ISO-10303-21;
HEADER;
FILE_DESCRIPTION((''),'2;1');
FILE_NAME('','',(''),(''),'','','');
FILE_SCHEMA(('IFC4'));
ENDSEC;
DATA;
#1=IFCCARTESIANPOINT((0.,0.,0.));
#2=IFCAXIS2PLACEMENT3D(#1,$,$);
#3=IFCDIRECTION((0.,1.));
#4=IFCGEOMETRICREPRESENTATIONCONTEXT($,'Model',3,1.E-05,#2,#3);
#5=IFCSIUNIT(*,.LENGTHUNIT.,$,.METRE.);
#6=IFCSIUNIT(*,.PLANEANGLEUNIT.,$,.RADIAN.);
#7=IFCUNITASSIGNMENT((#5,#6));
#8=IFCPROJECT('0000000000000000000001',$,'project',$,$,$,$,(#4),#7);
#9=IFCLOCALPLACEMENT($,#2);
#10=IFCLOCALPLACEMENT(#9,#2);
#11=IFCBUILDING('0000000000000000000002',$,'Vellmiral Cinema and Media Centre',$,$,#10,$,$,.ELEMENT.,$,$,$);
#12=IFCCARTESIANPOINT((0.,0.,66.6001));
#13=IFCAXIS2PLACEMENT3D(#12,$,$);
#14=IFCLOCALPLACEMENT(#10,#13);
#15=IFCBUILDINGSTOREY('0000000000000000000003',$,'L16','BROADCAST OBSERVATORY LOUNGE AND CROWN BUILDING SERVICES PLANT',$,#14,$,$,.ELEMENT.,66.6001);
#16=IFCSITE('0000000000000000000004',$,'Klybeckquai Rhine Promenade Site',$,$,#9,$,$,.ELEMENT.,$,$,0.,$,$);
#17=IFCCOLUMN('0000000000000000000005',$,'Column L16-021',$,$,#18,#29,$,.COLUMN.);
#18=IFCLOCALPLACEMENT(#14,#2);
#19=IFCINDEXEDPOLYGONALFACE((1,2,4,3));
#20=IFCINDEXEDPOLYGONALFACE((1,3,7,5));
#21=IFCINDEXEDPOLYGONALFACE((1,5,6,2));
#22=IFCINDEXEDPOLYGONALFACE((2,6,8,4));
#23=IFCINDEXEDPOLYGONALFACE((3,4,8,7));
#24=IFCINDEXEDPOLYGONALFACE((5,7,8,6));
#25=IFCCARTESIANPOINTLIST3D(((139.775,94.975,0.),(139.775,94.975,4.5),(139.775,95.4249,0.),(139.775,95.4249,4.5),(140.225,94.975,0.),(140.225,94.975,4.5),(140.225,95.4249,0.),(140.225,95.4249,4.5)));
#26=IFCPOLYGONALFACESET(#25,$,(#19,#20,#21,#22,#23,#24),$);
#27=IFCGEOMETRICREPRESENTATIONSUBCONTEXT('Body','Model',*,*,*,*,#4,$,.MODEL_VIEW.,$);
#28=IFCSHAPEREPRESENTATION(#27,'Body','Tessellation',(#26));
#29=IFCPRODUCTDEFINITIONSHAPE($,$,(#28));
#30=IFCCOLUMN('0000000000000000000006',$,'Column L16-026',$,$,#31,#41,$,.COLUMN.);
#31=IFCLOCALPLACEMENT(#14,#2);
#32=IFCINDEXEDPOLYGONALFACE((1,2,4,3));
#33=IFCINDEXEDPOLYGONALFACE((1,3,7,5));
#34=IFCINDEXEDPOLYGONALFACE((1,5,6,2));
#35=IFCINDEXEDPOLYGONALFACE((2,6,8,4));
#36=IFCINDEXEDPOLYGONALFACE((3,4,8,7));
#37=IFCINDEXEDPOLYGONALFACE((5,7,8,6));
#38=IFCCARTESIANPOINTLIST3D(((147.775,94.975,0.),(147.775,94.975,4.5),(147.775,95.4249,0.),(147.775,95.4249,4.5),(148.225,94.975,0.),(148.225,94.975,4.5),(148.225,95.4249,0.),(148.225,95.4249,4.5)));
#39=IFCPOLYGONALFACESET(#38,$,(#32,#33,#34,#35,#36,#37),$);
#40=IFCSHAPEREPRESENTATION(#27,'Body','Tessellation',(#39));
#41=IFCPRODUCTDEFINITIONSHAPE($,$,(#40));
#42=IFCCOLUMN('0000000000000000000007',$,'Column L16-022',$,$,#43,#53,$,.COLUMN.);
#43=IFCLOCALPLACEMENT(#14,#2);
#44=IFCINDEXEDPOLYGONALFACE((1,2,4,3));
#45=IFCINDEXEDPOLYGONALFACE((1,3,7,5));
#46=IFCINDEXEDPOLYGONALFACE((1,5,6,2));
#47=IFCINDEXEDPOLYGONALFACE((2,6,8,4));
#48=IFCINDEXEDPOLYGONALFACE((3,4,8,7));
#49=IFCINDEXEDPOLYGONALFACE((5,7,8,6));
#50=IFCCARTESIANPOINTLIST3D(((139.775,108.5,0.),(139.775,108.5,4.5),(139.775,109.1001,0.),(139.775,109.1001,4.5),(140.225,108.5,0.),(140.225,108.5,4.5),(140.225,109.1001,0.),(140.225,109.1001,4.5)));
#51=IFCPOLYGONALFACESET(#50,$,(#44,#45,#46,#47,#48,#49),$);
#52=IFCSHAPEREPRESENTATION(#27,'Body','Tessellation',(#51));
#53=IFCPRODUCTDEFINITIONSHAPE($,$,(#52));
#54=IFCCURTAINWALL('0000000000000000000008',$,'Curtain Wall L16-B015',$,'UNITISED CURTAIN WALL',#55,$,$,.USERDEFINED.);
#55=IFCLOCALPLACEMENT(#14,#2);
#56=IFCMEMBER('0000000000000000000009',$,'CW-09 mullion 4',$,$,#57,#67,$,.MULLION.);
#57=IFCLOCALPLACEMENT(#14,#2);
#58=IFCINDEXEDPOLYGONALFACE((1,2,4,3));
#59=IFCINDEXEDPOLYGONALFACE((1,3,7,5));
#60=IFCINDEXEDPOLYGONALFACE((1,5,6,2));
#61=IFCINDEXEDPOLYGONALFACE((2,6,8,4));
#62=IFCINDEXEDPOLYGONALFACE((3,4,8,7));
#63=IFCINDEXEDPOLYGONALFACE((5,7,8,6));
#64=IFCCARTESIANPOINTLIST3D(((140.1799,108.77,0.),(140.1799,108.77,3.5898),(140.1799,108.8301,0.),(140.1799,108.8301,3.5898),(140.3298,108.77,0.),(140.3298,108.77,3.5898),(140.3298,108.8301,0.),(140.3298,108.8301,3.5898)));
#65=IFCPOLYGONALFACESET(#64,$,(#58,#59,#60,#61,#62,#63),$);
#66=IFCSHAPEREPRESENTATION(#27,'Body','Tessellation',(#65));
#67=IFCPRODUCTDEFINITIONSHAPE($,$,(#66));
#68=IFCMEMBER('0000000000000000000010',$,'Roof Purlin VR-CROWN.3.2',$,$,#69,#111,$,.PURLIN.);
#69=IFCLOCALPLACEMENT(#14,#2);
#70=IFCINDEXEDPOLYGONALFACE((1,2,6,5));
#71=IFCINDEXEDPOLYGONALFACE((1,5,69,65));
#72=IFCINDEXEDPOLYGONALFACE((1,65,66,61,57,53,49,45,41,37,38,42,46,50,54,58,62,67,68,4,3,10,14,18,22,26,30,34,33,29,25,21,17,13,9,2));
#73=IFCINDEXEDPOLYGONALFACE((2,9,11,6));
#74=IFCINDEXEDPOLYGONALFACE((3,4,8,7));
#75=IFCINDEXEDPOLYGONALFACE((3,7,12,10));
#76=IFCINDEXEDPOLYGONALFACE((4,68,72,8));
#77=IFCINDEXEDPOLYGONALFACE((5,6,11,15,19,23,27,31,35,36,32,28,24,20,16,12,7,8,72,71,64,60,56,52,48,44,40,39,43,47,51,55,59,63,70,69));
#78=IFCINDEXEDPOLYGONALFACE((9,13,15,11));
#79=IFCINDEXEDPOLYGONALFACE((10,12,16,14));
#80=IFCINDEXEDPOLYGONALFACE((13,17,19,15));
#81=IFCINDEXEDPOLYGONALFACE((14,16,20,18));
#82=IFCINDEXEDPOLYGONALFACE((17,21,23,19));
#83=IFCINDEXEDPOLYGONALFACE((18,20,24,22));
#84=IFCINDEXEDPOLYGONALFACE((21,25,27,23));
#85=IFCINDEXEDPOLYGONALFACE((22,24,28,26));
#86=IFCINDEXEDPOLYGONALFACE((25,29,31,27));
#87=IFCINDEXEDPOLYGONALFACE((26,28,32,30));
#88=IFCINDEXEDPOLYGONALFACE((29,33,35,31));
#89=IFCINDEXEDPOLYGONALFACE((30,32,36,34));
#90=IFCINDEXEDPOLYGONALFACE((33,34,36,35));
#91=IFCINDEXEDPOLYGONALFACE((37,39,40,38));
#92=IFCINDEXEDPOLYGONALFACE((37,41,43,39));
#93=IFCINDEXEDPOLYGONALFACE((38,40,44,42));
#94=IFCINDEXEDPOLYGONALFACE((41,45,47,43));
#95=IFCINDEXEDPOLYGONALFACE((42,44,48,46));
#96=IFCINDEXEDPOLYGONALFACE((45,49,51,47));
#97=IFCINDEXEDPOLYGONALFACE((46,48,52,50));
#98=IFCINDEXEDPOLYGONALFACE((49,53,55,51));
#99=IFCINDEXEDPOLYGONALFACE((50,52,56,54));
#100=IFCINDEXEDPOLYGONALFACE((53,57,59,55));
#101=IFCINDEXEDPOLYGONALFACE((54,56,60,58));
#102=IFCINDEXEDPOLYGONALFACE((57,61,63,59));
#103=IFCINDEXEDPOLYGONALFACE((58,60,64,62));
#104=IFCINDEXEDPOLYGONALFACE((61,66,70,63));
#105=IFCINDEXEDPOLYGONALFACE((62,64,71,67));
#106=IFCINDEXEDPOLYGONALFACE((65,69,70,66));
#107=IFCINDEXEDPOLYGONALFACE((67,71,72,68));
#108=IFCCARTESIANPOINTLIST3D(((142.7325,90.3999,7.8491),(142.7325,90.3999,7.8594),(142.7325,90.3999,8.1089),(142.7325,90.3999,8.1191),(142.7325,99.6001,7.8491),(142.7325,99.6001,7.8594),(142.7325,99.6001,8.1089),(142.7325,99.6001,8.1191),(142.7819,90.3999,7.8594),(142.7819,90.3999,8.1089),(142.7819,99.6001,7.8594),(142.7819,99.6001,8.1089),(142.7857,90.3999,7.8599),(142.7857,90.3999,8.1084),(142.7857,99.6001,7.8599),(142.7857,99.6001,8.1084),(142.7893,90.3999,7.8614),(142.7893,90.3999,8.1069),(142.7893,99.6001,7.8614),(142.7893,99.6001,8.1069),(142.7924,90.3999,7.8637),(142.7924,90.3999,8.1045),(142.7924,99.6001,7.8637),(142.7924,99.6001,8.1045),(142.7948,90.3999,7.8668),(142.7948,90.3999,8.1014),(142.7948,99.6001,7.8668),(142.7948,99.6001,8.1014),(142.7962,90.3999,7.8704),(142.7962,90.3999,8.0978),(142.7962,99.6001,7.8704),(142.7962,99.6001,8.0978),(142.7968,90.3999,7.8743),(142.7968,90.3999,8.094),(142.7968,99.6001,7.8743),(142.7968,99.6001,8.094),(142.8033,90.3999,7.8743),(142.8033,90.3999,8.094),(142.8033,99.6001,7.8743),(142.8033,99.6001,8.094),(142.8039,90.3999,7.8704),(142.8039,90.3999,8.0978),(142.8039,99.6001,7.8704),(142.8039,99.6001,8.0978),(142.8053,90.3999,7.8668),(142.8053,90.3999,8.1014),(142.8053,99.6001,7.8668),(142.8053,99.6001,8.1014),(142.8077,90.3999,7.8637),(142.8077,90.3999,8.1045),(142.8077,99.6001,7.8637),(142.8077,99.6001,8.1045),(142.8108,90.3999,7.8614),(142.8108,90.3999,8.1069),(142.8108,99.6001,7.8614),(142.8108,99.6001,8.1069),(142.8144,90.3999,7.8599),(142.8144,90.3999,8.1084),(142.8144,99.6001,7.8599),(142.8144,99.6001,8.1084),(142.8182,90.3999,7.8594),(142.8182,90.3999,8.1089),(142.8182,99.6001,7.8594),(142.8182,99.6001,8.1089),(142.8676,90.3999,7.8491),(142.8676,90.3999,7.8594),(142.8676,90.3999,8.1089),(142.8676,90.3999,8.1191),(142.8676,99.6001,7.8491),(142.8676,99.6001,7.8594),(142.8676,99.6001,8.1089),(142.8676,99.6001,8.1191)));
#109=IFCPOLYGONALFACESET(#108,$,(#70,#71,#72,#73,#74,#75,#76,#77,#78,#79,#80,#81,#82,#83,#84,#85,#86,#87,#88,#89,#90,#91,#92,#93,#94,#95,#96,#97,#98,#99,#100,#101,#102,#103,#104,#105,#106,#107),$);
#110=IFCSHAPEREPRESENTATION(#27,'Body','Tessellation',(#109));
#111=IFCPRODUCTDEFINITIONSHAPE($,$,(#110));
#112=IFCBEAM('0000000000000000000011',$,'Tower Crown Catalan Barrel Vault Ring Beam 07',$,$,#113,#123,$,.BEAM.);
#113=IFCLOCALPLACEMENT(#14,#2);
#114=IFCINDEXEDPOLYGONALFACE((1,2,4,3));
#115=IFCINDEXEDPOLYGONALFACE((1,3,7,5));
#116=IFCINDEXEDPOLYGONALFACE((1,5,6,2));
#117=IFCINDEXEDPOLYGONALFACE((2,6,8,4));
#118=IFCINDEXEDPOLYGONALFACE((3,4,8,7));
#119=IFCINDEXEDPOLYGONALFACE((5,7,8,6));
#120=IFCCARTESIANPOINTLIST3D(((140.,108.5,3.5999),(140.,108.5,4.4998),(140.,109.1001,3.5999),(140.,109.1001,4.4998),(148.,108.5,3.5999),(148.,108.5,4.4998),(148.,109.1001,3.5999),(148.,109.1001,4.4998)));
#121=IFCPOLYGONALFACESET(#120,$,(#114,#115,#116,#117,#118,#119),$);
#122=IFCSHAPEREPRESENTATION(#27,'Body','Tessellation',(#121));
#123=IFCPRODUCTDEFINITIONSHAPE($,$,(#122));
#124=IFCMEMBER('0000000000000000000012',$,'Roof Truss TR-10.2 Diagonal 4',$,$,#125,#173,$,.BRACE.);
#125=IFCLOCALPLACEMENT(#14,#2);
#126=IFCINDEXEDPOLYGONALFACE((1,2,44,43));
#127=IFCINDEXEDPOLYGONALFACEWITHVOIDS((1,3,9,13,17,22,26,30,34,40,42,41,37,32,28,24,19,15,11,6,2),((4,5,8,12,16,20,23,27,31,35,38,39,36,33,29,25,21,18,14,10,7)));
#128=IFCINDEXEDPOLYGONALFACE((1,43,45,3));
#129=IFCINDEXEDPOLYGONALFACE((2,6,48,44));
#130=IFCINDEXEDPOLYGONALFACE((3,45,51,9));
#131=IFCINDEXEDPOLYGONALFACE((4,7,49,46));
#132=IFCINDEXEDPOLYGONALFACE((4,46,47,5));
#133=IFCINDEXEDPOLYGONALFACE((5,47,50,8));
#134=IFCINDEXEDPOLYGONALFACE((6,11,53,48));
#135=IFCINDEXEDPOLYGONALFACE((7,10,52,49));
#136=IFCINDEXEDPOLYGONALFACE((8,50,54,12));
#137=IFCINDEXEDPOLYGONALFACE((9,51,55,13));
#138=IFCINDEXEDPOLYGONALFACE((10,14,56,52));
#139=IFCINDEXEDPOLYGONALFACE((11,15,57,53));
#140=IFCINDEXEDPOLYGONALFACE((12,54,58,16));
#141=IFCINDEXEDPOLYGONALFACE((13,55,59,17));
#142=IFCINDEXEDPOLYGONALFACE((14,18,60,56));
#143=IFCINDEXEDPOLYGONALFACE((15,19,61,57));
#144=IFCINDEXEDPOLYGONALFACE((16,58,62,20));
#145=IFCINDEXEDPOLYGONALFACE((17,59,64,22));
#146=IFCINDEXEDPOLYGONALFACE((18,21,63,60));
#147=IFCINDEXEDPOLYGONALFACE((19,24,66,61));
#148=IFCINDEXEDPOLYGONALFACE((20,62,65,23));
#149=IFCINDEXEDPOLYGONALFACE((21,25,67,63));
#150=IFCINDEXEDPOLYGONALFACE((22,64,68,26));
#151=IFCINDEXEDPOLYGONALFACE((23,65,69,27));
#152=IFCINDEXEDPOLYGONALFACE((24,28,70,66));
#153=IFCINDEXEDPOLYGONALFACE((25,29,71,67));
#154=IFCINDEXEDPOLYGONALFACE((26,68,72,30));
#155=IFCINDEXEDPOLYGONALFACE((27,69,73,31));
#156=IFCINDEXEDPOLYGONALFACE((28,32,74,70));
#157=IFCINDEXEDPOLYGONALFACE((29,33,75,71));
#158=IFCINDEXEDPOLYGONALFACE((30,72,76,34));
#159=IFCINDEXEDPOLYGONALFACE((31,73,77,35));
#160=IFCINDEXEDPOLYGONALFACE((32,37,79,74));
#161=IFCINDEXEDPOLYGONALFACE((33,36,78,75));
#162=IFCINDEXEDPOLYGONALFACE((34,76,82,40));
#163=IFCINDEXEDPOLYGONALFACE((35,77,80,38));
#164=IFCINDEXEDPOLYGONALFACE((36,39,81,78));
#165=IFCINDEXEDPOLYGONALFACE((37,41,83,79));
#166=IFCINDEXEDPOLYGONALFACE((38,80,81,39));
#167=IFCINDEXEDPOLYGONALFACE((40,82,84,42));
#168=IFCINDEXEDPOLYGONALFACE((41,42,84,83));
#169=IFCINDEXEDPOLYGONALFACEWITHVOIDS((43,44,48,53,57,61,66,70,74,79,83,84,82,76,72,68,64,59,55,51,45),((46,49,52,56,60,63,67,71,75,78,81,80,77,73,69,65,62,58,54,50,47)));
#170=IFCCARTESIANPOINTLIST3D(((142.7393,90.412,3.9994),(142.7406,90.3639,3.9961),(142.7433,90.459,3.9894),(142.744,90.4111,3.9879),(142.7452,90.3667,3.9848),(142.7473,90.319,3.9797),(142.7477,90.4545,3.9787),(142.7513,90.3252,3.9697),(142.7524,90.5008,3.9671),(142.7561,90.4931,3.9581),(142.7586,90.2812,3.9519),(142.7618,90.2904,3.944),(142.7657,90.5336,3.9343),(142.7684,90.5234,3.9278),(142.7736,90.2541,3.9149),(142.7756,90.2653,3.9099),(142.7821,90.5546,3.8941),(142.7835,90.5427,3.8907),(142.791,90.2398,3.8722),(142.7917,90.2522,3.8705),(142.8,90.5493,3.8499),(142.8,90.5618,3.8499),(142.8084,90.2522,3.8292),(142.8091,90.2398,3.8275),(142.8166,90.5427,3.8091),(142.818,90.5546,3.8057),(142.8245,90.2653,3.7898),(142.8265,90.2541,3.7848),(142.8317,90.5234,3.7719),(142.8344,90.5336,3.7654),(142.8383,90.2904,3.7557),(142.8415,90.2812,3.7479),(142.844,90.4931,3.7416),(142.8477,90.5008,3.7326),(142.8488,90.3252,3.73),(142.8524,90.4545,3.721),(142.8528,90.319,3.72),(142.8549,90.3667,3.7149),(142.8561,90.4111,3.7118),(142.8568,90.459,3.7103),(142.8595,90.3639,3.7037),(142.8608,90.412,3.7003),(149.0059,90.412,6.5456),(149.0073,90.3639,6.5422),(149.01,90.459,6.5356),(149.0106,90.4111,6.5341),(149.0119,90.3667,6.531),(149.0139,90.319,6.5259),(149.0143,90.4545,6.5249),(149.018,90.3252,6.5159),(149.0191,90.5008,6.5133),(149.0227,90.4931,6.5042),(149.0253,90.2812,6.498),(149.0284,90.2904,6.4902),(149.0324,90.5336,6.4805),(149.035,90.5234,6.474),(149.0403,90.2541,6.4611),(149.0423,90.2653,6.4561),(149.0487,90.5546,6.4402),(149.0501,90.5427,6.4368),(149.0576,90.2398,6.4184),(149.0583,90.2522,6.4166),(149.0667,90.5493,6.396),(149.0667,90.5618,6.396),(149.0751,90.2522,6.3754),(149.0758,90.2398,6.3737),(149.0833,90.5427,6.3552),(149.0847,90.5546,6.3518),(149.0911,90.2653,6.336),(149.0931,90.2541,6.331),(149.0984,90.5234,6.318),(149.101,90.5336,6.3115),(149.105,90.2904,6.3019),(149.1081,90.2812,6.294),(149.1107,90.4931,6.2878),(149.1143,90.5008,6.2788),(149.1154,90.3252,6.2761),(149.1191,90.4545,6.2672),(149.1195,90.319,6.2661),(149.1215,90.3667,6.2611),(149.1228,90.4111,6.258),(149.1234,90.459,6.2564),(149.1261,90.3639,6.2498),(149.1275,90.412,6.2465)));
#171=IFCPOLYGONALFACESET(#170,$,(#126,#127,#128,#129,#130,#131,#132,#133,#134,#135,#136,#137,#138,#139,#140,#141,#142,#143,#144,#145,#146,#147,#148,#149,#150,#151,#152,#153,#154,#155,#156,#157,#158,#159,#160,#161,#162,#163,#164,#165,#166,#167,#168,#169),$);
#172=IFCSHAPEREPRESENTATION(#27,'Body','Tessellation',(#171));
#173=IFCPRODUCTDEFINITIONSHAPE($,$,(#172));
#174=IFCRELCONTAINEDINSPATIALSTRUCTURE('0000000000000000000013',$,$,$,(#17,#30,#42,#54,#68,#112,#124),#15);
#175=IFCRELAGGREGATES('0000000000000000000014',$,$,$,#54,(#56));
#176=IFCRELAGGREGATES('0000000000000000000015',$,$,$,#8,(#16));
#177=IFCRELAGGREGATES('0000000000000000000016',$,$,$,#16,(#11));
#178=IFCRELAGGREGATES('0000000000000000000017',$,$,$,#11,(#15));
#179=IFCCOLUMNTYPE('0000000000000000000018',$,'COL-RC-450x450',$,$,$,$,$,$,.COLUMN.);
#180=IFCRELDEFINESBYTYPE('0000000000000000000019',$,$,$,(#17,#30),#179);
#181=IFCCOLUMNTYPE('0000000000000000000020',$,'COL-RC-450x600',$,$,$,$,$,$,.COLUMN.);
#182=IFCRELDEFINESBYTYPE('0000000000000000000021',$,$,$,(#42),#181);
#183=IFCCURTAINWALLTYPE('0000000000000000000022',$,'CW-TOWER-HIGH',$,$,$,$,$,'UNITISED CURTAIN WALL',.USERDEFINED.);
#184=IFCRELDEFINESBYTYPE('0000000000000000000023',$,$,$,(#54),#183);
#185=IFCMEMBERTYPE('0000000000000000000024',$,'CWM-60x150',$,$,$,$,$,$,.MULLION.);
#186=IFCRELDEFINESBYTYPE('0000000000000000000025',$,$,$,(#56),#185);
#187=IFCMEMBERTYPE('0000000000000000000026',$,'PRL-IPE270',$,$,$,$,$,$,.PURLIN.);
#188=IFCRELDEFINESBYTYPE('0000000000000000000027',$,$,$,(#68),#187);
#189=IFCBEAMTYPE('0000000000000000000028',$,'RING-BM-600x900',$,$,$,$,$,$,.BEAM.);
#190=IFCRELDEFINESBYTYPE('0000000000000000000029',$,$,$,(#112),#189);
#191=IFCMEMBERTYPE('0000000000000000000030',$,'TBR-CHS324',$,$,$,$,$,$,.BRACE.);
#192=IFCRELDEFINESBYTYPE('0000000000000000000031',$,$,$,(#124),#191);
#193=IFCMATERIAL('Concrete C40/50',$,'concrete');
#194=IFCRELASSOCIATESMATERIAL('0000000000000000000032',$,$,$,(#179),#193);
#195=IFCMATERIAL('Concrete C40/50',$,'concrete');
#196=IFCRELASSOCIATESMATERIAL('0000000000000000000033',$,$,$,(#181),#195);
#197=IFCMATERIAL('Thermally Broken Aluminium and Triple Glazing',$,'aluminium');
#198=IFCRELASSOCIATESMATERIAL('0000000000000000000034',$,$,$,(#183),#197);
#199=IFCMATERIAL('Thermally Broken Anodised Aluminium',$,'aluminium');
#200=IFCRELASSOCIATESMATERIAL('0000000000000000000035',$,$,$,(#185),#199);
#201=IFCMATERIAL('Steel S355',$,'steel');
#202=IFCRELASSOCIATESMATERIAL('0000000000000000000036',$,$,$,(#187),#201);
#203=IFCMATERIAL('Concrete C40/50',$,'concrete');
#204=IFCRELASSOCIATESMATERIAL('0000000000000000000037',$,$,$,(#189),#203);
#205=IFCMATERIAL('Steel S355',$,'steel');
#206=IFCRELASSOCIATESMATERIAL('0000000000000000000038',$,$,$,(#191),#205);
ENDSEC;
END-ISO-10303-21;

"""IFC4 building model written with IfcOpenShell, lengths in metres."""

from ifc_helpers import new_model, si_unit, direction, frame, origin, origin_2d, place, context, subcontext, project, spatial, rectangle, hollow_circle, i_section, extrude, material, material_profile, profile_set, type_object, element, aggregate, save


model = new_model("IFC4")

# Units and contexts
model_context = context("Model", 3, precision=1e-05, world=origin(), true_north=direction((0.0, 1.0)))
body_context = subcontext(model_context, "Body", "Model", "MODEL_VIEW")
ifc_project = project(units=[si_unit("LENGTHUNIT", "METRE"), si_unit("PLANEANGLEUNIT", "RADIAN")], contexts=[model_context])

# Site, building, storey
site_placement = place(None, origin())
site = spatial("IfcSite", under=ifc_project, at=site_placement, Name="Klybeckquai Rhine Promenade Site", CompositionType="ELEMENT", RefElevation=0.0)
building_placement = place(site_placement, origin())
building = spatial("IfcBuilding", under=site, at=building_placement, Name="Vellmiral Cinema and Media Centre", CompositionType="ELEMENT")
storey_placement = place(building_placement, frame((0.0, 0.0, 66.6001)))
storey = spatial("IfcBuildingStorey", under=building, at=storey_placement, Name="L16", Description="BROADCAST OBSERVATORY LOUNGE AND CROWN BUILDING SERVICES PLANT", CompositionType="ELEMENT", Elevation=66.6001)

# Columns
ifc_material_1 = material(Name="Concrete C40/50", Category="concrete")
ifc_material_profile_1 = material_profile(ifc_material_1, rectangle(XDim=0.45, YDim=0.45, at=origin_2d()), Name="RC 450x450")
ifc_profile_set_1 = profile_set([ifc_material_profile_1], Name="Concrete C40/50")
column_type_1 = type_object("IfcColumnType", Name="COL-RC-450x450", PredefinedType="COLUMN", material=ifc_profile_set_1)
for number, where, z_axis, x_axis, name in (
    (1, (140.0, 95.2, 0.0), (0.0, 0.0, 1.0), (1.0, 0.0, 0.0), "Column L16-021"),
    (2, (148.0, 95.2, 0.0), (0.0, 0.0, 1.0), (1.0, 0.0, 0.0), "Column L16-026"),
):
    element("IfcColumn", number, at=place(storey_placement, frame(where, z_axis=z_axis, x_axis=x_axis)), inside=storey, type_object=column_type_1, Name=name, PredefinedType="COLUMN", context=body_context, shape_type="SweptSolid", body=[
        extrude(rectangle(XDim=0.45, YDim=0.45, at=origin_2d()), origin(), (0.0, 0.0, 1.0), 4.5),
    ])
ifc_material_2 = material(Name="Concrete C40/50", Category="concrete")
ifc_material_profile_2 = material_profile(ifc_material_2, rectangle(XDim=0.45, YDim=0.6001, at=origin_2d()), Name="RC 450x600")
ifc_profile_set_2 = profile_set([ifc_material_profile_2], Name="Concrete C40/50")
column_type_2 = type_object("IfcColumnType", Name="COL-RC-450x600", PredefinedType="COLUMN", material=ifc_profile_set_2)
column_placement = place(storey_placement, frame((140.0, 108.8, 0.0), z_axis=(0.0, 0.0, 1.0), x_axis=(1.0, 0.0, 0.0)))
element("IfcColumn", 3, at=column_placement, inside=storey, type_object=column_type_2, Name="Column L16-022", PredefinedType="COLUMN", context=body_context, shape_type="SweptSolid", body=[
    extrude(rectangle(XDim=0.45, YDim=0.6001, at=origin_2d()), origin(), (0.0, 0.0, 1.0), 4.5),
])

# Curtain wall, member
ifc_material_3 = material(Name="Thermally Broken Aluminium and Triple Glazing", Category="aluminium")
curtain_wall_type = type_object("IfcCurtainWallType", Name="CW-TOWER-HIGH", ElementType="UNITISED CURTAIN WALL", PredefinedType="USERDEFINED", material=ifc_material_3)
curtain_wall_placement = place(storey_placement, origin())
curtain_wall = element("IfcCurtainWall", 4, at=curtain_wall_placement, inside=storey, type_object=curtain_wall_type, Name="Curtain Wall L16-B015", ObjectType="UNITISED CURTAIN WALL", PredefinedType="USERDEFINED")
ifc_material_4 = material(Name="Thermally Broken Anodised Aluminium", Category="aluminium")
ifc_material_profile_3 = material_profile(ifc_material_4, rectangle(XDim=0.0601, YDim=0.1499, at=origin_2d()), Name="MULL 60x150")
ifc_profile_set_3 = profile_set([ifc_material_profile_3], Name="Thermally Broken Anodised Aluminium")
member_type_1 = type_object("IfcMemberType", Name="CWM-60x150", PredefinedType="MULLION", material=ifc_profile_set_3)
member_1_placement = place(storey_placement, frame((140.2549, 108.8, 0.0), z_axis=(0.0, 0.0, 1.0), x_axis=(0.0, -1.0, 0.0)))
member_1 = element("IfcMember", 5, at=member_1_placement, type_object=member_type_1, Name="CW-09 mullion 4", PredefinedType="MULLION", context=body_context, shape_type="SweptSolid", body=[
    extrude(rectangle(XDim=0.0601, YDim=0.1499, at=origin_2d()), origin(), (0.0, 0.0, 1.0), 3.5898),
])
aggregate(curtain_wall, [member_1])

# Member
ifc_material_5 = material(Name="Steel S355", Category="steel")
ifc_material_profile_4 = material_profile(ifc_material_5, i_section(OverallWidth=0.135, OverallDepth=0.27, WebThickness=0.0066, FlangeThickness=0.0103, FilletRadius=0.0149, at=origin_2d()), Name="IPE 270")
ifc_profile_set_4 = profile_set([ifc_material_profile_4], Name="Steel S355")
member_type_2 = type_object("IfcMemberType", Name="PRL-IPE270", PredefinedType="PURLIN", material=ifc_profile_set_4)
member_2_placement = place(storey_placement, frame((142.8, 90.3999, 7.9841), z_axis=(0.0, 1.0, 0.0), x_axis=(-1.0, 0.0, 0.0)))
element("IfcMember", 6, at=member_2_placement, inside=storey, type_object=member_type_2, Name="Roof Purlin VR-CROWN.3.2", PredefinedType="PURLIN", context=body_context, shape_type="SweptSolid", body=[
    extrude(i_section(OverallWidth=0.135, OverallDepth=0.27, WebThickness=0.0066, FlangeThickness=0.0103, FilletRadius=0.0149, at=origin_2d()), origin(), (0.0, 0.0, 1.0), 9.2002),
])

# Beam
ifc_material_6 = material(Name="Concrete C40/50", Category="concrete")
ifc_material_profile_5 = material_profile(ifc_material_6, rectangle(XDim=0.6001, YDim=0.8999, at=origin_2d()), Name="RC 600x900")
ifc_profile_set_5 = profile_set([ifc_material_profile_5], Name="Concrete C40/50")
beam_type = type_object("IfcBeamType", Name="RING-BM-600x900", PredefinedType="BEAM", material=ifc_profile_set_5)
beam_placement = place(storey_placement, frame((140.0, 108.8, 4.0498), z_axis=(1.0, 0.0, 0.0), x_axis=(0.0, 1.0, 0.0)))
element("IfcBeam", 7, at=beam_placement, inside=storey, type_object=beam_type, Name="Tower Crown Catalan Barrel Vault Ring Beam 07", PredefinedType="BEAM", context=body_context, shape_type="SweptSolid", body=[
    extrude(rectangle(XDim=0.6001, YDim=0.8999, at=origin_2d()), origin(), (0.0, 0.0, 1.0), 8.0),
])

# Member
ifc_material_7 = material(Name="Steel S355", Category="steel")
ifc_material_profile_6 = material_profile(ifc_material_7, hollow_circle(Radius=0.1619, WallThickness=0.0125, at=origin_2d()), Name="CHS 323.9x12.5")
ifc_profile_set_6 = profile_set([ifc_material_profile_6], Name="Steel S355")
member_type_3 = type_object("IfcMemberType", Name="TBR-CHS324", PredefinedType="BRACE", material=ifc_profile_set_6)
member_3_placement = place(storey_placement, frame((142.8, 90.3999, 3.8499), z_axis=(0.926449, 0.0, 0.37642), x_axis=(0.0, 1.0, 0.0)))
element("IfcMember", 8, at=member_3_placement, inside=storey, type_object=member_type_3, Name="Roof Truss TR-10.2 Diagonal 4", PredefinedType="BRACE", context=body_context, shape_type="SweptSolid", body=[
    extrude(hollow_circle(Radius=0.1619, WallThickness=0.0125, at=origin_2d()), origin(), (0.0, 0.0, 1.0), 6.7642),
])

save(model, "model.ifc")
